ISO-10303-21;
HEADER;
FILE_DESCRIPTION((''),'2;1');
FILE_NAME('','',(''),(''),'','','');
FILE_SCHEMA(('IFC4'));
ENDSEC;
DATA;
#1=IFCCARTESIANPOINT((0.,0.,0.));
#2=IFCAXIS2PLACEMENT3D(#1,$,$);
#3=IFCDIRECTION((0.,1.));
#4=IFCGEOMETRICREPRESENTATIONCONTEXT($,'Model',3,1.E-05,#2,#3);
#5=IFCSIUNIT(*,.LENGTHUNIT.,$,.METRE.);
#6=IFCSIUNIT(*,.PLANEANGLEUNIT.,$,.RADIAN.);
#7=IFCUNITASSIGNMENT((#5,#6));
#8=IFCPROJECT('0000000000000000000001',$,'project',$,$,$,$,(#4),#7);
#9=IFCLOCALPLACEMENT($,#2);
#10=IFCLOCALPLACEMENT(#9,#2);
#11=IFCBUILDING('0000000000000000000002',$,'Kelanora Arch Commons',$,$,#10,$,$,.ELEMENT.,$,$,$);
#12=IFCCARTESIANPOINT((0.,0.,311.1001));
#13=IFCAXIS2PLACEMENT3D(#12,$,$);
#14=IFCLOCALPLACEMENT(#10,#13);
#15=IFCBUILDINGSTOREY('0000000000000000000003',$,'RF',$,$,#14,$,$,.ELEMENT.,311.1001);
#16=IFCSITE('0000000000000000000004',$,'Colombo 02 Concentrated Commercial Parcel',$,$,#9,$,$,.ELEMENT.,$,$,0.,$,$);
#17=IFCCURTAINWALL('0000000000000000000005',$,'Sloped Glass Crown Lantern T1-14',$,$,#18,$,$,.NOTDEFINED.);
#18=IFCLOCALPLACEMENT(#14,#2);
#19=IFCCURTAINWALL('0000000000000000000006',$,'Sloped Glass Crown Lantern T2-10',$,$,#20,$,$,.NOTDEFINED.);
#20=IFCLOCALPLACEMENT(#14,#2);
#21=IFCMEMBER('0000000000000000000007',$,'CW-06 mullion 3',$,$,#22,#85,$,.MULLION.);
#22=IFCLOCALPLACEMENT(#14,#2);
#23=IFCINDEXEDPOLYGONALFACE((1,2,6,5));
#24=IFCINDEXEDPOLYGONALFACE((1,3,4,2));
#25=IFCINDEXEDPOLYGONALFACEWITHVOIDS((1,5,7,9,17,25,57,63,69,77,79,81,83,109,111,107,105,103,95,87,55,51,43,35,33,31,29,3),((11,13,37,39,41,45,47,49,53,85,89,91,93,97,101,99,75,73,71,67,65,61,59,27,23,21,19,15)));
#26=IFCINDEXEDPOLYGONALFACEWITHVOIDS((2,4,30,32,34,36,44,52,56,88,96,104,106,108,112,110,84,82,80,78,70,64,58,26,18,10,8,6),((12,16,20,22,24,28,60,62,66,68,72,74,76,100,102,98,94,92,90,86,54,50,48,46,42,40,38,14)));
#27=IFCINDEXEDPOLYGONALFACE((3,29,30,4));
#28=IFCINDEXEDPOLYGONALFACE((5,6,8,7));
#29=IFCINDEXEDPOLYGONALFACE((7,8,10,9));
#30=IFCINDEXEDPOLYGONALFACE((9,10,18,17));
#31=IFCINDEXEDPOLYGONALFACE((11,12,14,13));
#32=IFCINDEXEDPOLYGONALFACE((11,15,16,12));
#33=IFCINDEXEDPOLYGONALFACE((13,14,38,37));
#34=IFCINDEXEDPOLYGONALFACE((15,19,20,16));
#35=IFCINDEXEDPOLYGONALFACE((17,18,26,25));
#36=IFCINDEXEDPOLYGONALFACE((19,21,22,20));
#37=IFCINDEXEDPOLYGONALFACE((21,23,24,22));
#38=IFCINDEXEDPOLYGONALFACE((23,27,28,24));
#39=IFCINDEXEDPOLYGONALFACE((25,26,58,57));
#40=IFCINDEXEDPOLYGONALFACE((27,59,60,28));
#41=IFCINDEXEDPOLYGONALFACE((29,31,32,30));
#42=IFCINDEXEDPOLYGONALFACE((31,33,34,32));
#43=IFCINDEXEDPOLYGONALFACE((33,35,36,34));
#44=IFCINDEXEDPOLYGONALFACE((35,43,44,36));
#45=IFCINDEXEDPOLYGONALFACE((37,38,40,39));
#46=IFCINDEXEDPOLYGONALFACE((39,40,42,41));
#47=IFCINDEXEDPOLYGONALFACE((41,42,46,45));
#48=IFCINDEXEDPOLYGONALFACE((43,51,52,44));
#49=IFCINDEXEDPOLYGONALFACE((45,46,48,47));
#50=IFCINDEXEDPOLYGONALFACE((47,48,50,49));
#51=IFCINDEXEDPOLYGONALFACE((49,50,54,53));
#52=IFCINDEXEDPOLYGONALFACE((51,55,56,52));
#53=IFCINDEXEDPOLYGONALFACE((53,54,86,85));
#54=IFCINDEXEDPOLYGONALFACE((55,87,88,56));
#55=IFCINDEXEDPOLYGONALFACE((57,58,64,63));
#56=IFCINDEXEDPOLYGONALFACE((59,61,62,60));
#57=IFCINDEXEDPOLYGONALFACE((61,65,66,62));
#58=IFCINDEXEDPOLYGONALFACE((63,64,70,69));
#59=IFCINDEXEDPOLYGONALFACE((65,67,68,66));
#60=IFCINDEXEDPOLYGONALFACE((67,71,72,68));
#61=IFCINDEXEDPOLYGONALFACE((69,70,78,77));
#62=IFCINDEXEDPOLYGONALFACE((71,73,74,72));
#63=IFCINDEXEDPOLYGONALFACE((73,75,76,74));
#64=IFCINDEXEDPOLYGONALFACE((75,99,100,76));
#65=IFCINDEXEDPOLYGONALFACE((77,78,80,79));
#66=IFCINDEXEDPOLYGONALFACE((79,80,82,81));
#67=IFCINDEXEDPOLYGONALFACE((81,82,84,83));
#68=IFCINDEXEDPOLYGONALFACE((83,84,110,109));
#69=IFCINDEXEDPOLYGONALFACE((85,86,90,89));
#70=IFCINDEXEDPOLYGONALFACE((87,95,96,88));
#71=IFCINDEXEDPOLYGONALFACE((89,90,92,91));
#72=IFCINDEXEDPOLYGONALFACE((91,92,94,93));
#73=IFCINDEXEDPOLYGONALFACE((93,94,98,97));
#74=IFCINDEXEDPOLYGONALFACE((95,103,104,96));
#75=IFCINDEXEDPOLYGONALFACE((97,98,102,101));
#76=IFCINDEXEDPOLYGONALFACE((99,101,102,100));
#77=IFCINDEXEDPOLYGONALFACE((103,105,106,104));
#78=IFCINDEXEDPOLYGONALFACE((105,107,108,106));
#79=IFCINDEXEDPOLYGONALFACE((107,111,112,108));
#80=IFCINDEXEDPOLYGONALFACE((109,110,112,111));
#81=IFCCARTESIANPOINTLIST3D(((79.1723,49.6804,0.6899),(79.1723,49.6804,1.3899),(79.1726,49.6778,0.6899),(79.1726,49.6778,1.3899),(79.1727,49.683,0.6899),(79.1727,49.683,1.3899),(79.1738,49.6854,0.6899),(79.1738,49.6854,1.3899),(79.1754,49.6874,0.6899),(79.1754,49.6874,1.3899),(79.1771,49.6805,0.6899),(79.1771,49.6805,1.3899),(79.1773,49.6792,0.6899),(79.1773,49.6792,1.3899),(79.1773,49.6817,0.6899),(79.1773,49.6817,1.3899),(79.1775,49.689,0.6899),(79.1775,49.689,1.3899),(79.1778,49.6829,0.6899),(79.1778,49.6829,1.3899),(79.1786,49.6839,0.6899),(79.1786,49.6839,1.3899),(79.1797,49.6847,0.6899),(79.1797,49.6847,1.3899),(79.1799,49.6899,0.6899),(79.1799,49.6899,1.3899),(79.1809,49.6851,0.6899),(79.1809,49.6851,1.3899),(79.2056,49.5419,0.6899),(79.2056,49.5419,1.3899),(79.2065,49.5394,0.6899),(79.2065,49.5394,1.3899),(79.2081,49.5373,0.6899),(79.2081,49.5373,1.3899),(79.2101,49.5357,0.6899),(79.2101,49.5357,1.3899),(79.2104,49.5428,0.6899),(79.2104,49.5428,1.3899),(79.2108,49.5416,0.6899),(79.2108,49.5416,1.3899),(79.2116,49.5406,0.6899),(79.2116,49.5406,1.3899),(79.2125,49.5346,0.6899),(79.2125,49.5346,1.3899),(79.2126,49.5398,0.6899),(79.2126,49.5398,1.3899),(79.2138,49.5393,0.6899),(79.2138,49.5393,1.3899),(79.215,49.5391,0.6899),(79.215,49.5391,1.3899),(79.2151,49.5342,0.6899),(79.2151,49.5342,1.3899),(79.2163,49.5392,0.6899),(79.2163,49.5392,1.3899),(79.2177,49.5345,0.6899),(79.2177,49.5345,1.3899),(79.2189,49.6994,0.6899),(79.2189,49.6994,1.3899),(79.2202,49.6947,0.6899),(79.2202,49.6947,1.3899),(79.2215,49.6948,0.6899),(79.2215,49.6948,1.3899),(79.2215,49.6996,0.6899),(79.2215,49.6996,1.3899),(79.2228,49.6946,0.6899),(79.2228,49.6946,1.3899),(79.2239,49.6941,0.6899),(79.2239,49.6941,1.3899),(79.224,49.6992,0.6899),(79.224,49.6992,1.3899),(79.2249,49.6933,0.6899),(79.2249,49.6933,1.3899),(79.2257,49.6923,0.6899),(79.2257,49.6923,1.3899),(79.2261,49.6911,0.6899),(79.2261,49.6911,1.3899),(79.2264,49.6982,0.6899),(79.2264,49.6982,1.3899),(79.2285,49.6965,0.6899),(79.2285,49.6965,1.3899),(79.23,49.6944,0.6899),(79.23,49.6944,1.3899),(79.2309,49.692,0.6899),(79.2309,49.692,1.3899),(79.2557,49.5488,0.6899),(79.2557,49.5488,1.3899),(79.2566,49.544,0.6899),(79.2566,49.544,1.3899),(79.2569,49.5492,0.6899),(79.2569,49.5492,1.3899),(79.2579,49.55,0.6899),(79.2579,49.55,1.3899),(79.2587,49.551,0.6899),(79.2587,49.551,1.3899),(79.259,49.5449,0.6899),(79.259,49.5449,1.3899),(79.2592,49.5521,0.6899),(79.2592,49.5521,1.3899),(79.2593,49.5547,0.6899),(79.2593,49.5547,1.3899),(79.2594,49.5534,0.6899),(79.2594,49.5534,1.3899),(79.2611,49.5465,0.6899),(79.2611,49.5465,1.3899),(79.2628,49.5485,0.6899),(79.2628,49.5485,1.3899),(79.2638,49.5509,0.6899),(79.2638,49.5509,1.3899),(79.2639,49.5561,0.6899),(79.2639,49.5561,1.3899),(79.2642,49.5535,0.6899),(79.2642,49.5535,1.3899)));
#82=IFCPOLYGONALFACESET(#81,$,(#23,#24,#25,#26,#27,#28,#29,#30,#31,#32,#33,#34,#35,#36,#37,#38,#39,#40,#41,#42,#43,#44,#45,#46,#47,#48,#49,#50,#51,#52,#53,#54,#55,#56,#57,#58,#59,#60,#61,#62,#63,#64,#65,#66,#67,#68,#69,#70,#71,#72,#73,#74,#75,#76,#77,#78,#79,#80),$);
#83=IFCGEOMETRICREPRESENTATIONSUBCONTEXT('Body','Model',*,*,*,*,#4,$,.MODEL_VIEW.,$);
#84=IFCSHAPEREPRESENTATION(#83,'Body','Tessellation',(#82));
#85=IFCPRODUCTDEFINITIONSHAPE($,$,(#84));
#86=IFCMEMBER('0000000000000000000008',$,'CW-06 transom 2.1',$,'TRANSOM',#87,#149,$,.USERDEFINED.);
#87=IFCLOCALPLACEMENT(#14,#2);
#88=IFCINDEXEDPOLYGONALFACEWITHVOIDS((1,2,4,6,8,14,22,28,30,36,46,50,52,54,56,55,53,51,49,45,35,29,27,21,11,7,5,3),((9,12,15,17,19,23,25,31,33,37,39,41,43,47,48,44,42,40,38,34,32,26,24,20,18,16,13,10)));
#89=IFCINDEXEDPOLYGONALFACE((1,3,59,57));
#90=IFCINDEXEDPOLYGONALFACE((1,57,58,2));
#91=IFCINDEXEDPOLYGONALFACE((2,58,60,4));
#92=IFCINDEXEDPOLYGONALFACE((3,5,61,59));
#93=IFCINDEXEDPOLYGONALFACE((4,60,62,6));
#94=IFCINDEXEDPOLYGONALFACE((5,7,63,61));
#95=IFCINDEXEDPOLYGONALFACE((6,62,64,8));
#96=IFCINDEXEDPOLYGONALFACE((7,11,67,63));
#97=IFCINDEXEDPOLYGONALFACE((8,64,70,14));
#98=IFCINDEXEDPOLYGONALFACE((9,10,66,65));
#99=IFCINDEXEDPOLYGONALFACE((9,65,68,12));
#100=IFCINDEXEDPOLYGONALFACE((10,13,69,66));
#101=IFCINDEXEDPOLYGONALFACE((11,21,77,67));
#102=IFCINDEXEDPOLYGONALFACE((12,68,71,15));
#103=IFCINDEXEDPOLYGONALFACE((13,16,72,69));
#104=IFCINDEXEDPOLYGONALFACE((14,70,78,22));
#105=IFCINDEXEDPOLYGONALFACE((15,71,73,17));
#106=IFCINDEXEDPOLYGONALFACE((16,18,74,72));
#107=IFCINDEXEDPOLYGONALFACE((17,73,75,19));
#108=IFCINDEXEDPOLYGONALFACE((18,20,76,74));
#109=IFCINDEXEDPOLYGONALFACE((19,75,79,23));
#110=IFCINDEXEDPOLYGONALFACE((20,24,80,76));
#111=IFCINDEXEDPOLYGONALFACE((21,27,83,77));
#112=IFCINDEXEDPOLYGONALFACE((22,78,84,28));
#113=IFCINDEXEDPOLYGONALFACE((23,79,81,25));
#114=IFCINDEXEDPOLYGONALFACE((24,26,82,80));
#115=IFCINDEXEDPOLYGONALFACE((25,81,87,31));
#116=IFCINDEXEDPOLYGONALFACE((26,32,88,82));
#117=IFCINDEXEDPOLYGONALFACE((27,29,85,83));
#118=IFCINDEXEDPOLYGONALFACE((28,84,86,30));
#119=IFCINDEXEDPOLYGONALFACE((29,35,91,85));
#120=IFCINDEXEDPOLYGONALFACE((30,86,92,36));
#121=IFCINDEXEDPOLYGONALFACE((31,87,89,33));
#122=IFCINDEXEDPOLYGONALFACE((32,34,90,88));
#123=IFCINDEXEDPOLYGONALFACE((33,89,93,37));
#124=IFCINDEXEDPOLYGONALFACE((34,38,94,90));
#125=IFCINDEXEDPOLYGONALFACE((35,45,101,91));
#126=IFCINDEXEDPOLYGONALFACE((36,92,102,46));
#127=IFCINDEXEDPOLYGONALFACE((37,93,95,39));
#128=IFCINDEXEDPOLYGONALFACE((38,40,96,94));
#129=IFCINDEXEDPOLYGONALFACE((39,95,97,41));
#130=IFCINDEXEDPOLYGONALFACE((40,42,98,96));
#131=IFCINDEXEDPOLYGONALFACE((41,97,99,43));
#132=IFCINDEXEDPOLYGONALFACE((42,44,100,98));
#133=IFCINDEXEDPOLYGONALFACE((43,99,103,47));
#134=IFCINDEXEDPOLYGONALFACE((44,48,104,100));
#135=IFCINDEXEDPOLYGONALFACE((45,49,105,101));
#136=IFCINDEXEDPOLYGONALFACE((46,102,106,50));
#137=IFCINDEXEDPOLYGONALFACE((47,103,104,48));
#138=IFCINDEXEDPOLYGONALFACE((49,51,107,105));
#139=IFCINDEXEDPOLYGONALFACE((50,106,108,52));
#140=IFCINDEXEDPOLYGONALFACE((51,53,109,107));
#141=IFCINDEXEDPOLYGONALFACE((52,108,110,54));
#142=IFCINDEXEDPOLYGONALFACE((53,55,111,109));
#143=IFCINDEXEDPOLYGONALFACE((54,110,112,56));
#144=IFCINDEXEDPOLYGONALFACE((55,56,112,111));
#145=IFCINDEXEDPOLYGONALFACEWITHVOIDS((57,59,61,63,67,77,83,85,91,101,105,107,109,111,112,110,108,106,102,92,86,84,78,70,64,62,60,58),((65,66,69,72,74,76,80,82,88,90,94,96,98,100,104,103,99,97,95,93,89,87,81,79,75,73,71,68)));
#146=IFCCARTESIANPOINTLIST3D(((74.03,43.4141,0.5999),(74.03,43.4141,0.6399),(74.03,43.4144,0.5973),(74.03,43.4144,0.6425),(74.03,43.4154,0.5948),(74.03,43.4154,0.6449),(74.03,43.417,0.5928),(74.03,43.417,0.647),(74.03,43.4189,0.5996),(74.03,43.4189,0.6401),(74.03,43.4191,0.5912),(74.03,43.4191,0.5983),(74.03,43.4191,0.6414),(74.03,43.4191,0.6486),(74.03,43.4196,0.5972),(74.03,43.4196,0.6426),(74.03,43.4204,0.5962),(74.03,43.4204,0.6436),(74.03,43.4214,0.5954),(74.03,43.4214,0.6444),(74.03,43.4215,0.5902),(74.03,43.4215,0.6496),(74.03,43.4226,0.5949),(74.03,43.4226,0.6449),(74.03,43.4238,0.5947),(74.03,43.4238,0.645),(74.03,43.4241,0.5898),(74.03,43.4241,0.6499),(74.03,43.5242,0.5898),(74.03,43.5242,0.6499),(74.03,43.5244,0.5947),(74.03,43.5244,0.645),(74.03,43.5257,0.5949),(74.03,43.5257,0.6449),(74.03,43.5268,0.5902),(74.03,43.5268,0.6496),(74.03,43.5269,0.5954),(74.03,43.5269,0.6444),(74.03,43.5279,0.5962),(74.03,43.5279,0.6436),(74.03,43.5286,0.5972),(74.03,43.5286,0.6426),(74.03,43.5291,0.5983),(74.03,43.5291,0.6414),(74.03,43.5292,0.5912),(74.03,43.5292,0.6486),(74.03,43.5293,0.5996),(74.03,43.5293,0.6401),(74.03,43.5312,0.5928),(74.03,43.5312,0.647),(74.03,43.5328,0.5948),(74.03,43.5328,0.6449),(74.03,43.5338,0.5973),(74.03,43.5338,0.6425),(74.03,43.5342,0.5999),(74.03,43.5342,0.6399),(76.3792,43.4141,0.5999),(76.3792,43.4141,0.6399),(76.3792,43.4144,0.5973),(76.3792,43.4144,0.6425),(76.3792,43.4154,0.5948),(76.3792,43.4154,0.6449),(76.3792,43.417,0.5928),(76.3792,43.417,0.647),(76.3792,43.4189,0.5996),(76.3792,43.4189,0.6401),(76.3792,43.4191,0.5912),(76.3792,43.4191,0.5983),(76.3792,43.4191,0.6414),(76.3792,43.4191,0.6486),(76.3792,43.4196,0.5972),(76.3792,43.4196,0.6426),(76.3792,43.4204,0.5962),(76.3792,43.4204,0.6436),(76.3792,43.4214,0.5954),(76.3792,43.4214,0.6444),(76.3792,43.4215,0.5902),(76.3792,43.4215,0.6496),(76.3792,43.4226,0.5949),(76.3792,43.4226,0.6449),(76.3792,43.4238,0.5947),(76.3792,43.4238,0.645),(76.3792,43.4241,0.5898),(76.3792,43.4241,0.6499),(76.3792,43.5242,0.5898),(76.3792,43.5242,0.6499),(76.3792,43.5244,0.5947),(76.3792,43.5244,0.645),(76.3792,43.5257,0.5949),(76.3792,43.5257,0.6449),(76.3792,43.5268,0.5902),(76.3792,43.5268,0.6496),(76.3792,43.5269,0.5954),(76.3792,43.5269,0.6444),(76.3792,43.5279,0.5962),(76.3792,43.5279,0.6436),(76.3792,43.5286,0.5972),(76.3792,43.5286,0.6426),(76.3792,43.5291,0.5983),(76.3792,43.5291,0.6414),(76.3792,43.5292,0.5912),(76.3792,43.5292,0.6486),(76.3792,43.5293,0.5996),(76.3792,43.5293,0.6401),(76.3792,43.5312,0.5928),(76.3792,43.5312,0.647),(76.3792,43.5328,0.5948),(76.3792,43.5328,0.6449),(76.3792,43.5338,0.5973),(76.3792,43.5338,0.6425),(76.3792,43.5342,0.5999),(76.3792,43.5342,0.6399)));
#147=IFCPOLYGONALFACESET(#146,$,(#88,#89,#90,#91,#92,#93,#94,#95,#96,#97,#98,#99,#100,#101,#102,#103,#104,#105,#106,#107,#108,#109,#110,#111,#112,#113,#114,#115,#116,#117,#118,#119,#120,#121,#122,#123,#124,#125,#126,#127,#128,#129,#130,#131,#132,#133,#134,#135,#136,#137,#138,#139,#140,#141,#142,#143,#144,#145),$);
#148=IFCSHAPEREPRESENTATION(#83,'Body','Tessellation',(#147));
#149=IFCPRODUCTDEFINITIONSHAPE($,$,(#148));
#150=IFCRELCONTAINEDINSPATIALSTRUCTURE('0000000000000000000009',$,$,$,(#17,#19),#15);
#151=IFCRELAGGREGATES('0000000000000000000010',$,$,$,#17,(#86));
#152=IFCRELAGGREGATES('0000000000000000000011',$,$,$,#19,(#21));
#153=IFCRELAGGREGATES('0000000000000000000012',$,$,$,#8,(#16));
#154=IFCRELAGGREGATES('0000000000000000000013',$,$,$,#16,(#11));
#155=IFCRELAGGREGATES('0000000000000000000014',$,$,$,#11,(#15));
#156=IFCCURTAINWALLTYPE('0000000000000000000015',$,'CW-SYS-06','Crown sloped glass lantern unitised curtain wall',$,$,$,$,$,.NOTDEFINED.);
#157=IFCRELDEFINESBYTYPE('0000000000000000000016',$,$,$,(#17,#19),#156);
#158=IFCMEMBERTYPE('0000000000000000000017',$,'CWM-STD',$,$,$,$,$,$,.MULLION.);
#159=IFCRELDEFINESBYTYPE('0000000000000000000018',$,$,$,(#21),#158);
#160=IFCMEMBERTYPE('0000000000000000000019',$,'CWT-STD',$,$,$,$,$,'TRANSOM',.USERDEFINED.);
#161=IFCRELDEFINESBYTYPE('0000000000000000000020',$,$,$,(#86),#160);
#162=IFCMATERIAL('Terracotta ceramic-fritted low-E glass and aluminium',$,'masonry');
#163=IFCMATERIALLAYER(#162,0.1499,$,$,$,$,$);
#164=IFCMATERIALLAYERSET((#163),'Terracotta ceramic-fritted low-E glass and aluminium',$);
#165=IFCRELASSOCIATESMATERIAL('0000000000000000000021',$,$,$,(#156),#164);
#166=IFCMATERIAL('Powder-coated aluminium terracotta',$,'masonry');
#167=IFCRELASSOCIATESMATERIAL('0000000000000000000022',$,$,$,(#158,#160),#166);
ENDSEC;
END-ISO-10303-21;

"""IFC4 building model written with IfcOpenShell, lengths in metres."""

from ifc_helpers import new_model, si_unit, direction, frame, origin, origin_2d, place, context, subcontext, project, spatial, hollow_rectangle, extrude, material, layer, layer_set, material_profile, profile_set, type_object, element, aggregate, save


model = new_model("IFC4")

# Units and contexts
model_context = context("Model", 3, precision=1e-05, world=origin(), true_north=direction((0.0, 1.0)))
body_context = subcontext(model_context, "Body", "Model", "MODEL_VIEW")
ifc_project = project(units=[si_unit("LENGTHUNIT", "METRE"), si_unit("PLANEANGLEUNIT", "RADIAN")], contexts=[model_context])

# Site, building, storey
site_placement = place(None, origin())
site = spatial("IfcSite", under=ifc_project, at=site_placement, Name="Colombo 02 Concentrated Commercial Parcel", CompositionType="ELEMENT", RefElevation=0.0)
building_placement = place(site_placement, origin())
building = spatial("IfcBuilding", under=site, at=building_placement, Name="Kelanora Arch Commons", CompositionType="ELEMENT")
storey_placement = place(building_placement, frame((0.0, 0.0, 311.1001)))
storey = spatial("IfcBuildingStorey", under=building, at=storey_placement, Name="RF", CompositionType="ELEMENT", Elevation=311.1001)

# Curtain wall
ifc_material_1 = material(Name="Terracotta ceramic-fritted low-E glass and aluminium", Category="masonry")
ifc_layer_1 = layer(ifc_material_1, 0.1499)
ifc_layer_set_1 = layer_set([ifc_layer_1], Name="Terracotta ceramic-fritted low-E glass and aluminium")
curtain_wall_type = type_object("IfcCurtainWallType", Name="CW-SYS-06", Description="Crown sloped glass lantern unitised curtain wall", PredefinedType="NOTDEFINED", material=ifc_layer_set_1)
curtain_wall_1_placement = place(storey_placement, origin())
curtain_wall_1 = element("IfcCurtainWall", 1, at=curtain_wall_1_placement, inside=storey, type_object=curtain_wall_type, Name="Sloped Glass Crown Lantern T1-14", PredefinedType="NOTDEFINED")
ifc_material_2 = material(Name="Powder-coated aluminium terracotta", Category="masonry")
ifc_material_profile_1 = material_profile(ifc_material_2, hollow_rectangle(XDim=0.1599, YDim=0.0601, WallThickness=0.0049, InnerFilletRadius=0.0049, OuterFilletRadius=0.01, at=origin_2d()), Name="CWM160x60")
ifc_profile_set_1 = profile_set([ifc_material_profile_1], Name="Powder-coated aluminium terracotta")
member_type_1 = type_object("IfcMemberType", Name="CWM-STD", PredefinedType="MULLION", material=ifc_profile_set_1)

# Curtain wall, member
curtain_wall_2_placement = place(storey_placement, origin())
curtain_wall_2 = element("IfcCurtainWall", 2, at=curtain_wall_2_placement, inside=storey, type_object=curtain_wall_type, Name="Sloped Glass Crown Lantern T2-10", PredefinedType="NOTDEFINED")
member_1_placement = place(storey_placement, frame((79.2183, 49.6169, 0.6899), z_axis=(0.0, 0.0, 1.0), x_axis=(-0.235931, 0.97177, 0.0)))
member_1 = element("IfcMember", 3, at=member_1_placement, type_object=member_type_1, Name="CW-06 mullion 3", PredefinedType="MULLION", context=body_context, shape_type="SweptSolid", body=[
    extrude(hollow_rectangle(XDim=0.1599, YDim=0.0601, WallThickness=0.0049, InnerFilletRadius=0.0049, OuterFilletRadius=0.01, at=origin_2d()), origin(), (0.0, 0.0, 1.0), 0.7),
])

# Member
ifc_material_profile_2 = material_profile(ifc_material_2, hollow_rectangle(XDim=0.1201, YDim=0.0601, WallThickness=0.0049, InnerFilletRadius=0.0049, OuterFilletRadius=0.01, at=origin_2d()), Name="CWT120x60")
ifc_profile_set_2 = profile_set([ifc_material_profile_2], Name="Powder-coated aluminium terracotta")
member_type_2 = type_object("IfcMemberType", Name="CWT-STD", ElementType="TRANSOM", PredefinedType="USERDEFINED", material=ifc_profile_set_2)
member_2_placement = place(storey_placement, frame((74.03, 43.4741, 0.6199), z_axis=(1.0, 0.0, 0.0), x_axis=(0.0, 1.0, 0.0)))
member_2 = element("IfcMember", 4, at=member_2_placement, type_object=member_type_2, Name="CW-06 transom 2.1", ObjectType="TRANSOM", PredefinedType="USERDEFINED", context=body_context, shape_type="SweptSolid", body=[
    extrude(hollow_rectangle(XDim=0.1201, YDim=0.0601, WallThickness=0.0049, InnerFilletRadius=0.0049, OuterFilletRadius=0.01, at=origin_2d()), origin(), (0.0, 0.0, 1.0), 2.3491),
])

aggregate(curtain_wall_1, [member_2])
aggregate(curtain_wall_2, [member_1])

save(model, "model.ifc")
